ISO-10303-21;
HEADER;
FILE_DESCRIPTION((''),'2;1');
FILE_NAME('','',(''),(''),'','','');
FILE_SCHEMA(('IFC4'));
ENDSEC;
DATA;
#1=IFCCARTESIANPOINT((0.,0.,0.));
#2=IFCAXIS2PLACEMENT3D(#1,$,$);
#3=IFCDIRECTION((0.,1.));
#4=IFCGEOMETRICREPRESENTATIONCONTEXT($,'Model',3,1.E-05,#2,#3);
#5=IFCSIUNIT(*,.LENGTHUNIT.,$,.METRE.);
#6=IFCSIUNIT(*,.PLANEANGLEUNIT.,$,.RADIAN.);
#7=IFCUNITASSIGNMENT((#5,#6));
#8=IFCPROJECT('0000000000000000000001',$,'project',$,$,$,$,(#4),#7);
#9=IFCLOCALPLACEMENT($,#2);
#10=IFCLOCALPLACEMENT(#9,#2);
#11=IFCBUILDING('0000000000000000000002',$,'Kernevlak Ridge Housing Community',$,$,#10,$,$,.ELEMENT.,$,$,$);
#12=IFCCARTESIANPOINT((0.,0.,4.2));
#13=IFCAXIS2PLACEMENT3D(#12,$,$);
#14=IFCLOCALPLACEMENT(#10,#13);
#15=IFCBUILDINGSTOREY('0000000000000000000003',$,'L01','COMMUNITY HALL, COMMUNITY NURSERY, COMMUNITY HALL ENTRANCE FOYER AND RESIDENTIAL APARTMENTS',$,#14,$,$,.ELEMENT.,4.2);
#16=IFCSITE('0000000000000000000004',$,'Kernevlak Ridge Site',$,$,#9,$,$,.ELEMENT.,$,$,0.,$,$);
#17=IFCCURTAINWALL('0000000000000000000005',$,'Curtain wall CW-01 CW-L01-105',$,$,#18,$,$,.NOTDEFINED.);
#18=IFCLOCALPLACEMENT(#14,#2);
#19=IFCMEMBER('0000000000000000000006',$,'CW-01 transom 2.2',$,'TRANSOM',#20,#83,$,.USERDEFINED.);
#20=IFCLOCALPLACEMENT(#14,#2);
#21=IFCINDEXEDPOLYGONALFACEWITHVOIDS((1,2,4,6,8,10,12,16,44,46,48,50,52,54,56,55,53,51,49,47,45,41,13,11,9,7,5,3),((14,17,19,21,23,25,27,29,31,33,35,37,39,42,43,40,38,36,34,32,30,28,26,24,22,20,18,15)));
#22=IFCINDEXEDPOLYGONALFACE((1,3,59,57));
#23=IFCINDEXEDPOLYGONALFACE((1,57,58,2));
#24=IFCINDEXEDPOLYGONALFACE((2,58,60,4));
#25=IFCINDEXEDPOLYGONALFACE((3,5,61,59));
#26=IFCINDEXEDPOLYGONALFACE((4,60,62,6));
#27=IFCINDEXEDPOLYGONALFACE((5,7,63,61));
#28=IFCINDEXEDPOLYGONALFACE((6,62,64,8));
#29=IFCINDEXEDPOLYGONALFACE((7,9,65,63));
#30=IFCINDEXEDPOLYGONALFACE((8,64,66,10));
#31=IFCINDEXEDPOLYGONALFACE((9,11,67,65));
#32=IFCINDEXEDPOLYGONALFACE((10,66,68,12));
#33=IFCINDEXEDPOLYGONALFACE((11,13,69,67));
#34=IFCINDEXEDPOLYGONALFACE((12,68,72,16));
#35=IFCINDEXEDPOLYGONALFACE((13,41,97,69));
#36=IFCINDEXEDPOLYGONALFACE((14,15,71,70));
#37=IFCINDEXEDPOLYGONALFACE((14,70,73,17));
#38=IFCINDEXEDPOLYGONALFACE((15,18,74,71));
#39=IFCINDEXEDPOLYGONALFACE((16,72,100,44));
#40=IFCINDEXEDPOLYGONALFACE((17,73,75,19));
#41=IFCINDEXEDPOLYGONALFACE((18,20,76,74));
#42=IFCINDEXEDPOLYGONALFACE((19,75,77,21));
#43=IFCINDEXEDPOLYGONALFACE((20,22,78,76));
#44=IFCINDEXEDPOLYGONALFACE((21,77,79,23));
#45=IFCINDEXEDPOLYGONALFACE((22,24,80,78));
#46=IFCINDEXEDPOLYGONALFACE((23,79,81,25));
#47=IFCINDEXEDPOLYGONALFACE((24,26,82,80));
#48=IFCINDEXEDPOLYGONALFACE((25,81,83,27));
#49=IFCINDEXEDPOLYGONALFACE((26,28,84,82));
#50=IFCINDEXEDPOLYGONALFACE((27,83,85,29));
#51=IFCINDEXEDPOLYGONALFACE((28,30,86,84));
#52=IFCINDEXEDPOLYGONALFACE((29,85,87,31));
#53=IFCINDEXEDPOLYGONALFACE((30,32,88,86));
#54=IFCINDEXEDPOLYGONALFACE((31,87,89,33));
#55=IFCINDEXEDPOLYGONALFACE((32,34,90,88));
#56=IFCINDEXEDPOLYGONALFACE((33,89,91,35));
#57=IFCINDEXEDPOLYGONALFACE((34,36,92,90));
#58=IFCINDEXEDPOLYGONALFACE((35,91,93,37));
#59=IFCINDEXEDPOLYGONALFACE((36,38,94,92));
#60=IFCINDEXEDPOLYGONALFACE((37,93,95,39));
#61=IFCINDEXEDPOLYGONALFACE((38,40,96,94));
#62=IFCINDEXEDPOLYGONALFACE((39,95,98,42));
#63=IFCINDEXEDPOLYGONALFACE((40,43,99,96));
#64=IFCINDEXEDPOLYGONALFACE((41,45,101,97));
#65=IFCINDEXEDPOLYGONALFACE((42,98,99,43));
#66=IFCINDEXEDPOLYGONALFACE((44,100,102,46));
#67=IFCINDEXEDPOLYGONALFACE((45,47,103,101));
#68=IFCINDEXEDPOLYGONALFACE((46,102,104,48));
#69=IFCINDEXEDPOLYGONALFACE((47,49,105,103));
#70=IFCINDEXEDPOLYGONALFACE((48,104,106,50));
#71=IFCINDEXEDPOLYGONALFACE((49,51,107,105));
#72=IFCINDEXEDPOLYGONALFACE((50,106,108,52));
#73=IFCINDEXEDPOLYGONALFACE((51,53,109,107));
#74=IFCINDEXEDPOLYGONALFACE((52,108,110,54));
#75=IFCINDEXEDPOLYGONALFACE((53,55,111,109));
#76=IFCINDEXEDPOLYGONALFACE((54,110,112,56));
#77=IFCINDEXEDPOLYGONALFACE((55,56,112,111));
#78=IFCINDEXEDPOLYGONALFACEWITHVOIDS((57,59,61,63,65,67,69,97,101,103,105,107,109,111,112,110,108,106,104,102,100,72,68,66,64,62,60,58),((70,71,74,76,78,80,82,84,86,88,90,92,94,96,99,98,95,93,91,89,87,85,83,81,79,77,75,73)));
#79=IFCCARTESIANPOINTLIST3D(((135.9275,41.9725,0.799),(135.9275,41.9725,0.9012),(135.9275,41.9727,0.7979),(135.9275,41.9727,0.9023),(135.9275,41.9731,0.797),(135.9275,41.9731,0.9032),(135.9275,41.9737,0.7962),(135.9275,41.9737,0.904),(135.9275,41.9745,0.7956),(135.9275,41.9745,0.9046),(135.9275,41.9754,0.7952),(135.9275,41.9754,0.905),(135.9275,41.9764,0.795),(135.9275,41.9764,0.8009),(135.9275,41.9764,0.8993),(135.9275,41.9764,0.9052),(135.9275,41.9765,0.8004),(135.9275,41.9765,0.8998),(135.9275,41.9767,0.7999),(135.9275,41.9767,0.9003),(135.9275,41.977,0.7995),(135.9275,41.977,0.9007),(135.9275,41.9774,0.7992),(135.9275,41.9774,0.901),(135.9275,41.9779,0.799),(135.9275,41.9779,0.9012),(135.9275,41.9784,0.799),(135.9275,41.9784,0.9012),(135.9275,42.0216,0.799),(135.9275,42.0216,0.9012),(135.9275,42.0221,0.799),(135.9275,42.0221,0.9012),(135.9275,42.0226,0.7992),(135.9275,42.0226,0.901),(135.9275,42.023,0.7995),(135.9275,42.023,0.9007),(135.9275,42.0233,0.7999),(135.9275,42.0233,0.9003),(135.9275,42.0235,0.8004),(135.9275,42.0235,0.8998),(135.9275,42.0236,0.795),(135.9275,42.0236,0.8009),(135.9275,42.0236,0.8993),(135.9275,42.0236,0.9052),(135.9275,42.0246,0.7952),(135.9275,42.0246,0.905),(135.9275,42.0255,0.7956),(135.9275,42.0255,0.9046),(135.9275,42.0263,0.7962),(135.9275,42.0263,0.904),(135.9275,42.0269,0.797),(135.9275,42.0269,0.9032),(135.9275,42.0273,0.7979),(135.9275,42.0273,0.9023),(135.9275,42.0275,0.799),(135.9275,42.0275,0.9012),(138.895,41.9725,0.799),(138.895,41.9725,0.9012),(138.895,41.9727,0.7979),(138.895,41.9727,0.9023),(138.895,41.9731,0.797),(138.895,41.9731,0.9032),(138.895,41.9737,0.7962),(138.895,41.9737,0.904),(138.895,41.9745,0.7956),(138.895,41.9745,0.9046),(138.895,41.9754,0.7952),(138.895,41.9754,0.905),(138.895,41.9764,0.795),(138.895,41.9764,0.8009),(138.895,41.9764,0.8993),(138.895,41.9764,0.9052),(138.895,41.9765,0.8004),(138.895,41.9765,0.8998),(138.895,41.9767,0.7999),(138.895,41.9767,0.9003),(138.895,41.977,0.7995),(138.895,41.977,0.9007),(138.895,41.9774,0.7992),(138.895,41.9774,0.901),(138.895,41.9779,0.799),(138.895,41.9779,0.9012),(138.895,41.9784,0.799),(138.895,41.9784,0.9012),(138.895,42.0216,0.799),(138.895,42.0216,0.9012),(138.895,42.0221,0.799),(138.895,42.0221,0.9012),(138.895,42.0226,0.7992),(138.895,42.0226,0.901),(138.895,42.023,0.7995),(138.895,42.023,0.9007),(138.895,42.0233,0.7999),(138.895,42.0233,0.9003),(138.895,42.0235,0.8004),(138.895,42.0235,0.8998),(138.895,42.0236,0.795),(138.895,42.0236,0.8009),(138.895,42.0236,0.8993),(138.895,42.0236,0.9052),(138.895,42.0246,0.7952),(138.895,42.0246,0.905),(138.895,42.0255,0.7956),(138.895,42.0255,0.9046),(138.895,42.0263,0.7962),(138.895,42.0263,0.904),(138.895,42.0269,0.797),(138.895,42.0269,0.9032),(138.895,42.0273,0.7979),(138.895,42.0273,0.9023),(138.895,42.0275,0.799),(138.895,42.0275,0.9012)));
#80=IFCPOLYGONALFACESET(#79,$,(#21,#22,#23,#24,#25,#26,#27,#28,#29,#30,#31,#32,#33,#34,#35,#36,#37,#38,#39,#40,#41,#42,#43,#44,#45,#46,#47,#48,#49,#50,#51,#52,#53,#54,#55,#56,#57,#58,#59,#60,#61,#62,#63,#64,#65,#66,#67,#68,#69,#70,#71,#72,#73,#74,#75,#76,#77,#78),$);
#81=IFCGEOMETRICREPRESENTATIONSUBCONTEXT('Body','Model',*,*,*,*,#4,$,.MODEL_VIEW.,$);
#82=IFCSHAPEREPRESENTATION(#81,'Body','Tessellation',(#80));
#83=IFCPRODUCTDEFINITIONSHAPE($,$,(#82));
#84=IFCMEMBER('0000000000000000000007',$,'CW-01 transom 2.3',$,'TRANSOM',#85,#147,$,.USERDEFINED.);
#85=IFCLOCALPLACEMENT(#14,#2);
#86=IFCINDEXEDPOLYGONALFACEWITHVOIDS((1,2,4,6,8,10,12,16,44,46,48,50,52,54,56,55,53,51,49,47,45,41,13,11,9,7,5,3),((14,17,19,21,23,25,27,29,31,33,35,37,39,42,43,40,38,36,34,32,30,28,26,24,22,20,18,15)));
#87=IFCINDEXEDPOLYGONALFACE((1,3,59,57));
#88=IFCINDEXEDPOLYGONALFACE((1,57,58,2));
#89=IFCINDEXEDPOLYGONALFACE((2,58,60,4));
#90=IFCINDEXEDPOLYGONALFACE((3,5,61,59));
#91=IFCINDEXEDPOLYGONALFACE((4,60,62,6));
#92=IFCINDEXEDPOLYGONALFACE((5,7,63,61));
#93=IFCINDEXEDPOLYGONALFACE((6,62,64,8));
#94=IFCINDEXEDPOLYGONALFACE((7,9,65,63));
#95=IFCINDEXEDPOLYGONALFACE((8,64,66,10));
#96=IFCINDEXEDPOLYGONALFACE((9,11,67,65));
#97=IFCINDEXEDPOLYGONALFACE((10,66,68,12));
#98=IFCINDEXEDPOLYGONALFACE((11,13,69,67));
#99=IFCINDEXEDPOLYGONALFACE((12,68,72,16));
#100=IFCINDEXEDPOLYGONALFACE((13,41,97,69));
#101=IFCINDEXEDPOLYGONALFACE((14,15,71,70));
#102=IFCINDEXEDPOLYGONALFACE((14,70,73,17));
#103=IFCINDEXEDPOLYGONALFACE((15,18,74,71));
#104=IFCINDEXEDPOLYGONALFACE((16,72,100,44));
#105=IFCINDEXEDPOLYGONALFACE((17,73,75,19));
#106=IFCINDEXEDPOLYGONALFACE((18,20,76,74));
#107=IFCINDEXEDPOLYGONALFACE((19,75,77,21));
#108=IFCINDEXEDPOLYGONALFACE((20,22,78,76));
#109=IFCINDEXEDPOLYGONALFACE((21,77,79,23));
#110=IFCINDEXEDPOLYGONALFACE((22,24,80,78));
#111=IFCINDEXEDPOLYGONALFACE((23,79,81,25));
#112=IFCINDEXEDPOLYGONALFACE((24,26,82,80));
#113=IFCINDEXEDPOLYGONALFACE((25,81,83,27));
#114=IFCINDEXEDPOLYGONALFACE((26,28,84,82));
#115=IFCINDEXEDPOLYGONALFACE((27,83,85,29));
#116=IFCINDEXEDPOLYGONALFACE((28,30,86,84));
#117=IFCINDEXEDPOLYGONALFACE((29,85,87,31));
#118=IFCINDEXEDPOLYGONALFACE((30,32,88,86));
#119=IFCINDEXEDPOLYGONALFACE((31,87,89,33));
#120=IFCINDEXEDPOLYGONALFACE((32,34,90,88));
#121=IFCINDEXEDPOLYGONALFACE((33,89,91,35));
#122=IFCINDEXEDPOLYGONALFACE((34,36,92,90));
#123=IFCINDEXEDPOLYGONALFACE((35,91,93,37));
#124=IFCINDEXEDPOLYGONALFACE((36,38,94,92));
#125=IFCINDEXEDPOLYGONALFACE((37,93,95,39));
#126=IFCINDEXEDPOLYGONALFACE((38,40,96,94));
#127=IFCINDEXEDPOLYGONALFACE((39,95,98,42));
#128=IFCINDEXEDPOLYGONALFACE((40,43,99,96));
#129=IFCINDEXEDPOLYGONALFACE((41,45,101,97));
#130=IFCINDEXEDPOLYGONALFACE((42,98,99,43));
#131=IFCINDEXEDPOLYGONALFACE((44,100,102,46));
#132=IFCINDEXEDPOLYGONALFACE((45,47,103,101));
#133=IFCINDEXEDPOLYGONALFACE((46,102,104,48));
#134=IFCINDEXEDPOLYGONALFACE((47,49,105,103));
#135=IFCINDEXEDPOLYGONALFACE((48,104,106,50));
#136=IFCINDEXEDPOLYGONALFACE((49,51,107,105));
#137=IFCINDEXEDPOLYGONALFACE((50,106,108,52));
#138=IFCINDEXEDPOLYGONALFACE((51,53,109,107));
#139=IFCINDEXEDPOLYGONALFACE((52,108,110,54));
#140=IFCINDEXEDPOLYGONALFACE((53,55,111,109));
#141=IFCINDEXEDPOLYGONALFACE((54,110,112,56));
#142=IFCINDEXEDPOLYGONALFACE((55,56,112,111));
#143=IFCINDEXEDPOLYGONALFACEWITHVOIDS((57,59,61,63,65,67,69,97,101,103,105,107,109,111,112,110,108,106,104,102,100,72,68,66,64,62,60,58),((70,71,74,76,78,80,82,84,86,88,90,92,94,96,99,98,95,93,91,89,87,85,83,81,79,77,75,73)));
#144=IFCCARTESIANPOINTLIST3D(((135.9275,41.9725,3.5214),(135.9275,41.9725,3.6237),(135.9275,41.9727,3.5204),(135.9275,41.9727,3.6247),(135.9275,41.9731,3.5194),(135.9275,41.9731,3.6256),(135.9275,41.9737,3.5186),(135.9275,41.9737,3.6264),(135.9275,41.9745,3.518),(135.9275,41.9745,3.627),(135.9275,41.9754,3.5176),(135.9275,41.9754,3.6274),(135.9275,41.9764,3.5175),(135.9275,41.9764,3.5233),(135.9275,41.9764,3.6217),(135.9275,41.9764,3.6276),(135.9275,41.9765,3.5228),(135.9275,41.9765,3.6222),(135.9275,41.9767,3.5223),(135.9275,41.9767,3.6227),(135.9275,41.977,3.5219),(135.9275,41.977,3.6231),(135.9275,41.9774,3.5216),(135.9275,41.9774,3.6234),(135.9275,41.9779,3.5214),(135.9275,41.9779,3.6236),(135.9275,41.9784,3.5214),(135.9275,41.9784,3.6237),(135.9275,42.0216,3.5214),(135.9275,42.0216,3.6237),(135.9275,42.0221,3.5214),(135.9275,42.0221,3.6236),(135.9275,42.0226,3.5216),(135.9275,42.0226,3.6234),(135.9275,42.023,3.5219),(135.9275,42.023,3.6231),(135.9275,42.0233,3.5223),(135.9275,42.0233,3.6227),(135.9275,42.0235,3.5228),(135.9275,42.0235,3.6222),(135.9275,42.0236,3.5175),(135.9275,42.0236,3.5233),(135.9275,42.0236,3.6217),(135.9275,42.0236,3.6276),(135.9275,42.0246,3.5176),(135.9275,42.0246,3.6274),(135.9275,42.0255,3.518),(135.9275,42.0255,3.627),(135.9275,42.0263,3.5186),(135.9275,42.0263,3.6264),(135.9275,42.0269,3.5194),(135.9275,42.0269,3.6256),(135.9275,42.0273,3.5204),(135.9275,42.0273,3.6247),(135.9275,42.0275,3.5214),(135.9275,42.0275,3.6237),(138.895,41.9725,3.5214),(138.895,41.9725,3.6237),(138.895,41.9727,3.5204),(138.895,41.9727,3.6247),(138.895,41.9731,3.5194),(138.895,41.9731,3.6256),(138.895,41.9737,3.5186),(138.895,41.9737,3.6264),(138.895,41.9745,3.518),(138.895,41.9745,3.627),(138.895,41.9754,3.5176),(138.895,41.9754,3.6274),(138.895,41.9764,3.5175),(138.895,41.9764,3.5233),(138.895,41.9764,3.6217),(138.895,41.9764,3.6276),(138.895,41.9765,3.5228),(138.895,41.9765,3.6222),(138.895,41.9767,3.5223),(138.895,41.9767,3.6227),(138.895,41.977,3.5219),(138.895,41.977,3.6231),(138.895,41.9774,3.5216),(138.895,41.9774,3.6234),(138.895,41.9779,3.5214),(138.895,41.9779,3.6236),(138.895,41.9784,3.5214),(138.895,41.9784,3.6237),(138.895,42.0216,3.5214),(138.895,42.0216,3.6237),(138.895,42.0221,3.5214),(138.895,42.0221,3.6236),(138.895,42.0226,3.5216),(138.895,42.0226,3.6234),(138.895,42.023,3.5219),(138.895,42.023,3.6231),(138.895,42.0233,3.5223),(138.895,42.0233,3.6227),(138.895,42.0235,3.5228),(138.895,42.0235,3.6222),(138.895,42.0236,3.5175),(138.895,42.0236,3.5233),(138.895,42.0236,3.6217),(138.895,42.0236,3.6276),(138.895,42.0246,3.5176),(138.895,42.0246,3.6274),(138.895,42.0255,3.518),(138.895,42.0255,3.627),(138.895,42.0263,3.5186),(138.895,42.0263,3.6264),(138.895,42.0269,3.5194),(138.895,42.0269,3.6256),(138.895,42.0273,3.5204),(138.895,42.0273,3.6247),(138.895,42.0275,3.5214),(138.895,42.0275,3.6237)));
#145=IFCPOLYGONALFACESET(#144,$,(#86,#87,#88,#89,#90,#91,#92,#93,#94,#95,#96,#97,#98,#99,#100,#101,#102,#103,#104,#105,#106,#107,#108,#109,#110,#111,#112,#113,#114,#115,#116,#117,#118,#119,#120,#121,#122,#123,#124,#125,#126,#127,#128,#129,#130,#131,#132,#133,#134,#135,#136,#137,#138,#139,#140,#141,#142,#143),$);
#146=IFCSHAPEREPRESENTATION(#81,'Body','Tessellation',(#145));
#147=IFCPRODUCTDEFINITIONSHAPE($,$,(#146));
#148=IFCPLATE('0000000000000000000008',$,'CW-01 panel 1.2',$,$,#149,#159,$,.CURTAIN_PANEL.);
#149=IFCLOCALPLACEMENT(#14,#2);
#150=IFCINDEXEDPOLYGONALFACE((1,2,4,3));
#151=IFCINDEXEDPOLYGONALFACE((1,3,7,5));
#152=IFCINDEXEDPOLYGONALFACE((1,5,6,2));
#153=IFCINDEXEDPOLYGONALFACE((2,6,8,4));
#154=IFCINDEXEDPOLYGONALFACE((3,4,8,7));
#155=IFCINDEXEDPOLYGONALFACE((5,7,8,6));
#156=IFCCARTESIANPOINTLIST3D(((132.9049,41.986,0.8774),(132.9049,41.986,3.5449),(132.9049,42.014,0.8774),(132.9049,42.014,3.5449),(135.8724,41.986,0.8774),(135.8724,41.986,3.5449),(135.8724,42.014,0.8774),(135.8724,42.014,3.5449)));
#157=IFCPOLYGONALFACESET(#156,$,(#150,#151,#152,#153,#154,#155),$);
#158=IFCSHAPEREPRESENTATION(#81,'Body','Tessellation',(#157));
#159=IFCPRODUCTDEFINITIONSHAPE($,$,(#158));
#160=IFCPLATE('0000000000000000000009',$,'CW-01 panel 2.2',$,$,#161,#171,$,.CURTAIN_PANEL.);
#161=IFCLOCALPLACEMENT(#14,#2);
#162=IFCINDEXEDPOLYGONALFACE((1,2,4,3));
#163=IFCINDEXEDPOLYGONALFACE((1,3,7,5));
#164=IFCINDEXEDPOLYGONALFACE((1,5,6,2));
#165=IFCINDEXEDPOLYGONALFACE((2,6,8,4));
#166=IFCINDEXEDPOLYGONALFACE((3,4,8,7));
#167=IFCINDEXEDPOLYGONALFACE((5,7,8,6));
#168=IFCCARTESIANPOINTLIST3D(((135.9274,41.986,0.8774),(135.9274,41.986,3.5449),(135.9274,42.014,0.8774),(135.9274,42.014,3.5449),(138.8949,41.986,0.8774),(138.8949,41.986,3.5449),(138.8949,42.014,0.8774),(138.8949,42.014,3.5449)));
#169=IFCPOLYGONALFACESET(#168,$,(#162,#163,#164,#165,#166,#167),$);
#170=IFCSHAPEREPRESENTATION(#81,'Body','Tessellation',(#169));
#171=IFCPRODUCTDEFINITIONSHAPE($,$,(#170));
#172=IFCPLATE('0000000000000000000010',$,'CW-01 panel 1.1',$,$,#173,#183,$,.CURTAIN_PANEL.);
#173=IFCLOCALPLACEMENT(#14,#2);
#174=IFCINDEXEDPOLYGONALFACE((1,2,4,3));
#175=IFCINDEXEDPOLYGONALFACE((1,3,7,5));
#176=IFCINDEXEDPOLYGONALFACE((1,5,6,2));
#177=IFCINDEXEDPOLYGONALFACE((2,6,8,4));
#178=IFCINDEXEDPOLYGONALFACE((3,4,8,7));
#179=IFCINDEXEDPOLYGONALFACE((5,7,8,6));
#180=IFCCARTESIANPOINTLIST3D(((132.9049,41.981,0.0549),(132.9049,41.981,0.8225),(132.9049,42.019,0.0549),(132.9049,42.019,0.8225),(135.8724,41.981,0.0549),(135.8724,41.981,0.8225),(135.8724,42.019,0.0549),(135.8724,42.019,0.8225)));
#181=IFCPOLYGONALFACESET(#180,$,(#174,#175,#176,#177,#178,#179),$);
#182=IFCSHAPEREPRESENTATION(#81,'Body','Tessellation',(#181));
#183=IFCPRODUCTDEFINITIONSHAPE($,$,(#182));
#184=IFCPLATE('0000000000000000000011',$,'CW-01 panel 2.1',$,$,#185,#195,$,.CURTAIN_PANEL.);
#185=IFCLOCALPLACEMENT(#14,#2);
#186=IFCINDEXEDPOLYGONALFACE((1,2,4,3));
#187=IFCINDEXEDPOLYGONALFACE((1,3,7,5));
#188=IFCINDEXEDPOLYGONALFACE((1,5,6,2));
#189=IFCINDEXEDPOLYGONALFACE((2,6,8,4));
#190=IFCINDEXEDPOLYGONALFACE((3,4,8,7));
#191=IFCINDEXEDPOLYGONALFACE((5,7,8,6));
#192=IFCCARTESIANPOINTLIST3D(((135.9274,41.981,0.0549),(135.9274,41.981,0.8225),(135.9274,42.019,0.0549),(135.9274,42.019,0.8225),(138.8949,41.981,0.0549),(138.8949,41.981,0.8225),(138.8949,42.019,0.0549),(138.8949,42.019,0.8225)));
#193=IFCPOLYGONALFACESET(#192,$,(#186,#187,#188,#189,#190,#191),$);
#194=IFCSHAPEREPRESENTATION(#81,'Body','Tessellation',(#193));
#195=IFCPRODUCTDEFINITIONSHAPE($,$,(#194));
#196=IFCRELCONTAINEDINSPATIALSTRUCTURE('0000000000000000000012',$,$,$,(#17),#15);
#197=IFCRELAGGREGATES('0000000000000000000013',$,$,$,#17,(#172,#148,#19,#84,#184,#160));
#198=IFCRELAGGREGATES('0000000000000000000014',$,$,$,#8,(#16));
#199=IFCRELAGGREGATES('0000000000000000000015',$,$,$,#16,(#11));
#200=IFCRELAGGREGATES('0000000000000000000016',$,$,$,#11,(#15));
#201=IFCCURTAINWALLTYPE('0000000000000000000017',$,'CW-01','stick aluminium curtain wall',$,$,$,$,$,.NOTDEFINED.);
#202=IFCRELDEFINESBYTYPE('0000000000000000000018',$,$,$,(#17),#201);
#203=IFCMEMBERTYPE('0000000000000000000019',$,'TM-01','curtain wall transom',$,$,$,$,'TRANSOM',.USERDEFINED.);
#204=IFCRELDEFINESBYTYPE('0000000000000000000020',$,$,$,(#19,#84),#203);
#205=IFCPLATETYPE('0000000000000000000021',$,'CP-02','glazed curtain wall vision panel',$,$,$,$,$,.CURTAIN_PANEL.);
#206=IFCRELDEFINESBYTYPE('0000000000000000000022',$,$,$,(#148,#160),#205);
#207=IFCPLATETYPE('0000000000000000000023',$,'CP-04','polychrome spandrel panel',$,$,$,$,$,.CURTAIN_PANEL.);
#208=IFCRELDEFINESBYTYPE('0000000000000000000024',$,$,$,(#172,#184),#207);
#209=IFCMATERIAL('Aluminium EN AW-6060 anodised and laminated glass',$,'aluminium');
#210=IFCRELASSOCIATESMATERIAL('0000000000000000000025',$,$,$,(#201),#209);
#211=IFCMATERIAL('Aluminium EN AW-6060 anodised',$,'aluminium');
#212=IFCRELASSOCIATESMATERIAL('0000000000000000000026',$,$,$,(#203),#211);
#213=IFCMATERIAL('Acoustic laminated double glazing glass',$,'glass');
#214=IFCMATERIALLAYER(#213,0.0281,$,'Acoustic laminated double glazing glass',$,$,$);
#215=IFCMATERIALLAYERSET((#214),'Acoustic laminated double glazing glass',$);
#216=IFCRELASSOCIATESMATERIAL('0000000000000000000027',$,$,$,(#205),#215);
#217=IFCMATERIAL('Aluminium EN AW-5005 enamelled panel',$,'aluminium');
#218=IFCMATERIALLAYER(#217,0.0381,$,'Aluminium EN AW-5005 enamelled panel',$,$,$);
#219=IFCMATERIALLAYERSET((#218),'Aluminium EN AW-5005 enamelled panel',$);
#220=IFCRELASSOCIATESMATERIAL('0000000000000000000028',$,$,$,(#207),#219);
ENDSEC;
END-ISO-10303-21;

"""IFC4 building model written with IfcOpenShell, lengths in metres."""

from ifc_helpers import new_model, si_unit, direction, frame, origin, origin_2d, place, context, subcontext, project, spatial, rectangle, hollow_rectangle, extrude, material, layer, layer_set, material_profile, profile_set, type_object, element, aggregate, save


model = new_model("IFC4")

# Units and contexts
model_context = context("Model", 3, precision=1e-05, world=origin(), true_north=direction((0.0, 1.0)))
body_context = subcontext(model_context, "Body", "Model", "MODEL_VIEW")
ifc_project = project(units=[si_unit("LENGTHUNIT", "METRE"), si_unit("PLANEANGLEUNIT", "RADIAN")], contexts=[model_context])

# Site, building, storey
site_placement = place(None, origin())
site = spatial("IfcSite", under=ifc_project, at=site_placement, Name="Kernevlak Ridge Site", CompositionType="ELEMENT", RefElevation=0.0)
building_placement = place(site_placement, origin())
building = spatial("IfcBuilding", under=site, at=building_placement, Name="Kernevlak Ridge Housing Community", CompositionType="ELEMENT")
storey_placement = place(building_placement, frame((0.0, 0.0, 4.2)))
storey = spatial("IfcBuildingStorey", under=building, at=storey_placement, Name="L01", Description="COMMUNITY HALL, COMMUNITY NURSERY, COMMUNITY HALL ENTRANCE FOYER AND RESIDENTIAL APARTMENTS", CompositionType="ELEMENT", Elevation=4.2)

# Curtain wall
ifc_material_1 = material(Name="Aluminium EN AW-6060 anodised and laminated glass", Category="aluminium")
curtain_wall_type = type_object("IfcCurtainWallType", Name="CW-01", Description="stick aluminium curtain wall", PredefinedType="NOTDEFINED", material=ifc_material_1)
curtain_wall_placement = place(storey_placement, origin())
curtain_wall = element("IfcCurtainWall", 1, at=curtain_wall_placement, inside=storey, type_object=curtain_wall_type, Name="Curtain wall CW-01 CW-L01-105", PredefinedType="NOTDEFINED")
ifc_material_2 = material(Name="Aluminium EN AW-6060 anodised", Category="aluminium")

# Members
ifc_material_profile_1 = material_profile(ifc_material_2, hollow_rectangle(XDim=0.0549, YDim=0.1101, WallThickness=0.0039, InnerFilletRadius=0.002, OuterFilletRadius=0.0039, at=origin_2d()), Name="ALU 55x110x4")
ifc_profile_set_1 = profile_set([ifc_material_profile_1], Name="Aluminium EN AW-6060 anodised")
member_type_1 = type_object("IfcMemberType", Name="TM-01", Description="curtain wall transom", ElementType="TRANSOM", PredefinedType="USERDEFINED", material=ifc_profile_set_1)
member_1_placement = place(storey_placement, frame((135.9275, 42.0, 0.8501), z_axis=(1.0, 0.0, 0.0), x_axis=(0.0, 1.0, 0.0)))
member_1 = element("IfcMember", 2, at=member_1_placement, type_object=member_type_1, Name="CW-01 transom 2.2", ObjectType="TRANSOM", PredefinedType="USERDEFINED", context=body_context, shape_type="SweptSolid", body=[
    extrude(hollow_rectangle(XDim=0.0549, YDim=0.1101, WallThickness=0.0039, InnerFilletRadius=0.002, OuterFilletRadius=0.0039, at=origin_2d()), origin(), (0.0, 0.0, 1.0), 2.9675),
])
member_2_placement = place(storey_placement, frame((135.9275, 42.0, 3.5725), z_axis=(1.0, 0.0, 0.0), x_axis=(0.0, 1.0, 0.0)))
member_2 = element("IfcMember", 3, at=member_2_placement, type_object=member_type_1, Name="CW-01 transom 2.3", ObjectType="TRANSOM", PredefinedType="USERDEFINED", context=body_context, shape_type="SweptSolid", body=[
    extrude(hollow_rectangle(XDim=0.0549, YDim=0.1101, WallThickness=0.0039, InnerFilletRadius=0.002, OuterFilletRadius=0.0039, at=origin_2d()), origin(), (0.0, 0.0, 1.0), 2.9675),
])

# Plates
ifc_material_3 = material(Name="Acoustic laminated double glazing glass", Category="glass")
ifc_layer_1 = layer(ifc_material_3, 0.0281, Name="Acoustic laminated double glazing glass")
ifc_layer_set_1 = layer_set([ifc_layer_1], Name="Acoustic laminated double glazing glass")
plate_type_1 = type_object("IfcPlateType", Name="CP-02", Description="glazed curtain wall vision panel", PredefinedType="CURTAIN_PANEL", material=ifc_layer_set_1)
plate_1_placement = place(storey_placement, frame((134.3887, 42.0, 0.8774), z_axis=(0.0, 0.0, 1.0), x_axis=(1.0, 0.0, 0.0)))
plate_1 = element("IfcPlate", 4, at=plate_1_placement, type_object=plate_type_1, Name="CW-01 panel 1.2", PredefinedType="CURTAIN_PANEL", context=body_context, shape_type="SweptSolid", body=[
    extrude(rectangle(XDim=2.9675, YDim=0.0281, at=origin_2d()), origin(), (0.0, 0.0, 1.0), 2.6675),
])
plate_2_placement = place(storey_placement, frame((137.4111, 42.0, 0.8774), z_axis=(0.0, 0.0, 1.0), x_axis=(1.0, 0.0, 0.0)))
plate_2 = element("IfcPlate", 5, at=plate_2_placement, type_object=plate_type_1, Name="CW-01 panel 2.2", PredefinedType="CURTAIN_PANEL", context=body_context, shape_type="SweptSolid", body=[
    extrude(rectangle(XDim=2.9675, YDim=0.0281, at=origin_2d()), origin(), (0.0, 0.0, 1.0), 2.6675),
])
ifc_material_4 = material(Name="Aluminium EN AW-5005 enamelled panel", Category="aluminium")
ifc_layer_2 = layer(ifc_material_4, 0.0381, Name="Aluminium EN AW-5005 enamelled panel")
ifc_layer_set_2 = layer_set([ifc_layer_2], Name="Aluminium EN AW-5005 enamelled panel")
plate_type_2 = type_object("IfcPlateType", Name="CP-04", Description="polychrome spandrel panel", PredefinedType="CURTAIN_PANEL", material=ifc_layer_set_2)
plate_3_placement = place(storey_placement, frame((134.3887, 42.0, 0.0549), z_axis=(0.0, 0.0, 1.0), x_axis=(1.0, 0.0, 0.0)))
plate_3 = element("IfcPlate", 6, at=plate_3_placement, type_object=plate_type_2, Name="CW-01 panel 1.1", PredefinedType="CURTAIN_PANEL", context=body_context, shape_type="SweptSolid", body=[
    extrude(rectangle(XDim=2.9675, YDim=0.0381, at=origin_2d()), origin(), (0.0, 0.0, 1.0), 0.7676),
])
plate_4_placement = place(storey_placement, frame((137.4111, 42.0, 0.0549), z_axis=(0.0, 0.0, 1.0), x_axis=(1.0, 0.0, 0.0)))
plate_4 = element("IfcPlate", 7, at=plate_4_placement, type_object=plate_type_2, Name="CW-01 panel 2.1", PredefinedType="CURTAIN_PANEL", context=body_context, shape_type="SweptSolid", body=[
    extrude(rectangle(XDim=2.9675, YDim=0.0381, at=origin_2d()), origin(), (0.0, 0.0, 1.0), 0.7676),
])
aggregate(curtain_wall, [plate_3, plate_1, member_1, member_2, plate_4, plate_2])

save(model, "model.ifc")
